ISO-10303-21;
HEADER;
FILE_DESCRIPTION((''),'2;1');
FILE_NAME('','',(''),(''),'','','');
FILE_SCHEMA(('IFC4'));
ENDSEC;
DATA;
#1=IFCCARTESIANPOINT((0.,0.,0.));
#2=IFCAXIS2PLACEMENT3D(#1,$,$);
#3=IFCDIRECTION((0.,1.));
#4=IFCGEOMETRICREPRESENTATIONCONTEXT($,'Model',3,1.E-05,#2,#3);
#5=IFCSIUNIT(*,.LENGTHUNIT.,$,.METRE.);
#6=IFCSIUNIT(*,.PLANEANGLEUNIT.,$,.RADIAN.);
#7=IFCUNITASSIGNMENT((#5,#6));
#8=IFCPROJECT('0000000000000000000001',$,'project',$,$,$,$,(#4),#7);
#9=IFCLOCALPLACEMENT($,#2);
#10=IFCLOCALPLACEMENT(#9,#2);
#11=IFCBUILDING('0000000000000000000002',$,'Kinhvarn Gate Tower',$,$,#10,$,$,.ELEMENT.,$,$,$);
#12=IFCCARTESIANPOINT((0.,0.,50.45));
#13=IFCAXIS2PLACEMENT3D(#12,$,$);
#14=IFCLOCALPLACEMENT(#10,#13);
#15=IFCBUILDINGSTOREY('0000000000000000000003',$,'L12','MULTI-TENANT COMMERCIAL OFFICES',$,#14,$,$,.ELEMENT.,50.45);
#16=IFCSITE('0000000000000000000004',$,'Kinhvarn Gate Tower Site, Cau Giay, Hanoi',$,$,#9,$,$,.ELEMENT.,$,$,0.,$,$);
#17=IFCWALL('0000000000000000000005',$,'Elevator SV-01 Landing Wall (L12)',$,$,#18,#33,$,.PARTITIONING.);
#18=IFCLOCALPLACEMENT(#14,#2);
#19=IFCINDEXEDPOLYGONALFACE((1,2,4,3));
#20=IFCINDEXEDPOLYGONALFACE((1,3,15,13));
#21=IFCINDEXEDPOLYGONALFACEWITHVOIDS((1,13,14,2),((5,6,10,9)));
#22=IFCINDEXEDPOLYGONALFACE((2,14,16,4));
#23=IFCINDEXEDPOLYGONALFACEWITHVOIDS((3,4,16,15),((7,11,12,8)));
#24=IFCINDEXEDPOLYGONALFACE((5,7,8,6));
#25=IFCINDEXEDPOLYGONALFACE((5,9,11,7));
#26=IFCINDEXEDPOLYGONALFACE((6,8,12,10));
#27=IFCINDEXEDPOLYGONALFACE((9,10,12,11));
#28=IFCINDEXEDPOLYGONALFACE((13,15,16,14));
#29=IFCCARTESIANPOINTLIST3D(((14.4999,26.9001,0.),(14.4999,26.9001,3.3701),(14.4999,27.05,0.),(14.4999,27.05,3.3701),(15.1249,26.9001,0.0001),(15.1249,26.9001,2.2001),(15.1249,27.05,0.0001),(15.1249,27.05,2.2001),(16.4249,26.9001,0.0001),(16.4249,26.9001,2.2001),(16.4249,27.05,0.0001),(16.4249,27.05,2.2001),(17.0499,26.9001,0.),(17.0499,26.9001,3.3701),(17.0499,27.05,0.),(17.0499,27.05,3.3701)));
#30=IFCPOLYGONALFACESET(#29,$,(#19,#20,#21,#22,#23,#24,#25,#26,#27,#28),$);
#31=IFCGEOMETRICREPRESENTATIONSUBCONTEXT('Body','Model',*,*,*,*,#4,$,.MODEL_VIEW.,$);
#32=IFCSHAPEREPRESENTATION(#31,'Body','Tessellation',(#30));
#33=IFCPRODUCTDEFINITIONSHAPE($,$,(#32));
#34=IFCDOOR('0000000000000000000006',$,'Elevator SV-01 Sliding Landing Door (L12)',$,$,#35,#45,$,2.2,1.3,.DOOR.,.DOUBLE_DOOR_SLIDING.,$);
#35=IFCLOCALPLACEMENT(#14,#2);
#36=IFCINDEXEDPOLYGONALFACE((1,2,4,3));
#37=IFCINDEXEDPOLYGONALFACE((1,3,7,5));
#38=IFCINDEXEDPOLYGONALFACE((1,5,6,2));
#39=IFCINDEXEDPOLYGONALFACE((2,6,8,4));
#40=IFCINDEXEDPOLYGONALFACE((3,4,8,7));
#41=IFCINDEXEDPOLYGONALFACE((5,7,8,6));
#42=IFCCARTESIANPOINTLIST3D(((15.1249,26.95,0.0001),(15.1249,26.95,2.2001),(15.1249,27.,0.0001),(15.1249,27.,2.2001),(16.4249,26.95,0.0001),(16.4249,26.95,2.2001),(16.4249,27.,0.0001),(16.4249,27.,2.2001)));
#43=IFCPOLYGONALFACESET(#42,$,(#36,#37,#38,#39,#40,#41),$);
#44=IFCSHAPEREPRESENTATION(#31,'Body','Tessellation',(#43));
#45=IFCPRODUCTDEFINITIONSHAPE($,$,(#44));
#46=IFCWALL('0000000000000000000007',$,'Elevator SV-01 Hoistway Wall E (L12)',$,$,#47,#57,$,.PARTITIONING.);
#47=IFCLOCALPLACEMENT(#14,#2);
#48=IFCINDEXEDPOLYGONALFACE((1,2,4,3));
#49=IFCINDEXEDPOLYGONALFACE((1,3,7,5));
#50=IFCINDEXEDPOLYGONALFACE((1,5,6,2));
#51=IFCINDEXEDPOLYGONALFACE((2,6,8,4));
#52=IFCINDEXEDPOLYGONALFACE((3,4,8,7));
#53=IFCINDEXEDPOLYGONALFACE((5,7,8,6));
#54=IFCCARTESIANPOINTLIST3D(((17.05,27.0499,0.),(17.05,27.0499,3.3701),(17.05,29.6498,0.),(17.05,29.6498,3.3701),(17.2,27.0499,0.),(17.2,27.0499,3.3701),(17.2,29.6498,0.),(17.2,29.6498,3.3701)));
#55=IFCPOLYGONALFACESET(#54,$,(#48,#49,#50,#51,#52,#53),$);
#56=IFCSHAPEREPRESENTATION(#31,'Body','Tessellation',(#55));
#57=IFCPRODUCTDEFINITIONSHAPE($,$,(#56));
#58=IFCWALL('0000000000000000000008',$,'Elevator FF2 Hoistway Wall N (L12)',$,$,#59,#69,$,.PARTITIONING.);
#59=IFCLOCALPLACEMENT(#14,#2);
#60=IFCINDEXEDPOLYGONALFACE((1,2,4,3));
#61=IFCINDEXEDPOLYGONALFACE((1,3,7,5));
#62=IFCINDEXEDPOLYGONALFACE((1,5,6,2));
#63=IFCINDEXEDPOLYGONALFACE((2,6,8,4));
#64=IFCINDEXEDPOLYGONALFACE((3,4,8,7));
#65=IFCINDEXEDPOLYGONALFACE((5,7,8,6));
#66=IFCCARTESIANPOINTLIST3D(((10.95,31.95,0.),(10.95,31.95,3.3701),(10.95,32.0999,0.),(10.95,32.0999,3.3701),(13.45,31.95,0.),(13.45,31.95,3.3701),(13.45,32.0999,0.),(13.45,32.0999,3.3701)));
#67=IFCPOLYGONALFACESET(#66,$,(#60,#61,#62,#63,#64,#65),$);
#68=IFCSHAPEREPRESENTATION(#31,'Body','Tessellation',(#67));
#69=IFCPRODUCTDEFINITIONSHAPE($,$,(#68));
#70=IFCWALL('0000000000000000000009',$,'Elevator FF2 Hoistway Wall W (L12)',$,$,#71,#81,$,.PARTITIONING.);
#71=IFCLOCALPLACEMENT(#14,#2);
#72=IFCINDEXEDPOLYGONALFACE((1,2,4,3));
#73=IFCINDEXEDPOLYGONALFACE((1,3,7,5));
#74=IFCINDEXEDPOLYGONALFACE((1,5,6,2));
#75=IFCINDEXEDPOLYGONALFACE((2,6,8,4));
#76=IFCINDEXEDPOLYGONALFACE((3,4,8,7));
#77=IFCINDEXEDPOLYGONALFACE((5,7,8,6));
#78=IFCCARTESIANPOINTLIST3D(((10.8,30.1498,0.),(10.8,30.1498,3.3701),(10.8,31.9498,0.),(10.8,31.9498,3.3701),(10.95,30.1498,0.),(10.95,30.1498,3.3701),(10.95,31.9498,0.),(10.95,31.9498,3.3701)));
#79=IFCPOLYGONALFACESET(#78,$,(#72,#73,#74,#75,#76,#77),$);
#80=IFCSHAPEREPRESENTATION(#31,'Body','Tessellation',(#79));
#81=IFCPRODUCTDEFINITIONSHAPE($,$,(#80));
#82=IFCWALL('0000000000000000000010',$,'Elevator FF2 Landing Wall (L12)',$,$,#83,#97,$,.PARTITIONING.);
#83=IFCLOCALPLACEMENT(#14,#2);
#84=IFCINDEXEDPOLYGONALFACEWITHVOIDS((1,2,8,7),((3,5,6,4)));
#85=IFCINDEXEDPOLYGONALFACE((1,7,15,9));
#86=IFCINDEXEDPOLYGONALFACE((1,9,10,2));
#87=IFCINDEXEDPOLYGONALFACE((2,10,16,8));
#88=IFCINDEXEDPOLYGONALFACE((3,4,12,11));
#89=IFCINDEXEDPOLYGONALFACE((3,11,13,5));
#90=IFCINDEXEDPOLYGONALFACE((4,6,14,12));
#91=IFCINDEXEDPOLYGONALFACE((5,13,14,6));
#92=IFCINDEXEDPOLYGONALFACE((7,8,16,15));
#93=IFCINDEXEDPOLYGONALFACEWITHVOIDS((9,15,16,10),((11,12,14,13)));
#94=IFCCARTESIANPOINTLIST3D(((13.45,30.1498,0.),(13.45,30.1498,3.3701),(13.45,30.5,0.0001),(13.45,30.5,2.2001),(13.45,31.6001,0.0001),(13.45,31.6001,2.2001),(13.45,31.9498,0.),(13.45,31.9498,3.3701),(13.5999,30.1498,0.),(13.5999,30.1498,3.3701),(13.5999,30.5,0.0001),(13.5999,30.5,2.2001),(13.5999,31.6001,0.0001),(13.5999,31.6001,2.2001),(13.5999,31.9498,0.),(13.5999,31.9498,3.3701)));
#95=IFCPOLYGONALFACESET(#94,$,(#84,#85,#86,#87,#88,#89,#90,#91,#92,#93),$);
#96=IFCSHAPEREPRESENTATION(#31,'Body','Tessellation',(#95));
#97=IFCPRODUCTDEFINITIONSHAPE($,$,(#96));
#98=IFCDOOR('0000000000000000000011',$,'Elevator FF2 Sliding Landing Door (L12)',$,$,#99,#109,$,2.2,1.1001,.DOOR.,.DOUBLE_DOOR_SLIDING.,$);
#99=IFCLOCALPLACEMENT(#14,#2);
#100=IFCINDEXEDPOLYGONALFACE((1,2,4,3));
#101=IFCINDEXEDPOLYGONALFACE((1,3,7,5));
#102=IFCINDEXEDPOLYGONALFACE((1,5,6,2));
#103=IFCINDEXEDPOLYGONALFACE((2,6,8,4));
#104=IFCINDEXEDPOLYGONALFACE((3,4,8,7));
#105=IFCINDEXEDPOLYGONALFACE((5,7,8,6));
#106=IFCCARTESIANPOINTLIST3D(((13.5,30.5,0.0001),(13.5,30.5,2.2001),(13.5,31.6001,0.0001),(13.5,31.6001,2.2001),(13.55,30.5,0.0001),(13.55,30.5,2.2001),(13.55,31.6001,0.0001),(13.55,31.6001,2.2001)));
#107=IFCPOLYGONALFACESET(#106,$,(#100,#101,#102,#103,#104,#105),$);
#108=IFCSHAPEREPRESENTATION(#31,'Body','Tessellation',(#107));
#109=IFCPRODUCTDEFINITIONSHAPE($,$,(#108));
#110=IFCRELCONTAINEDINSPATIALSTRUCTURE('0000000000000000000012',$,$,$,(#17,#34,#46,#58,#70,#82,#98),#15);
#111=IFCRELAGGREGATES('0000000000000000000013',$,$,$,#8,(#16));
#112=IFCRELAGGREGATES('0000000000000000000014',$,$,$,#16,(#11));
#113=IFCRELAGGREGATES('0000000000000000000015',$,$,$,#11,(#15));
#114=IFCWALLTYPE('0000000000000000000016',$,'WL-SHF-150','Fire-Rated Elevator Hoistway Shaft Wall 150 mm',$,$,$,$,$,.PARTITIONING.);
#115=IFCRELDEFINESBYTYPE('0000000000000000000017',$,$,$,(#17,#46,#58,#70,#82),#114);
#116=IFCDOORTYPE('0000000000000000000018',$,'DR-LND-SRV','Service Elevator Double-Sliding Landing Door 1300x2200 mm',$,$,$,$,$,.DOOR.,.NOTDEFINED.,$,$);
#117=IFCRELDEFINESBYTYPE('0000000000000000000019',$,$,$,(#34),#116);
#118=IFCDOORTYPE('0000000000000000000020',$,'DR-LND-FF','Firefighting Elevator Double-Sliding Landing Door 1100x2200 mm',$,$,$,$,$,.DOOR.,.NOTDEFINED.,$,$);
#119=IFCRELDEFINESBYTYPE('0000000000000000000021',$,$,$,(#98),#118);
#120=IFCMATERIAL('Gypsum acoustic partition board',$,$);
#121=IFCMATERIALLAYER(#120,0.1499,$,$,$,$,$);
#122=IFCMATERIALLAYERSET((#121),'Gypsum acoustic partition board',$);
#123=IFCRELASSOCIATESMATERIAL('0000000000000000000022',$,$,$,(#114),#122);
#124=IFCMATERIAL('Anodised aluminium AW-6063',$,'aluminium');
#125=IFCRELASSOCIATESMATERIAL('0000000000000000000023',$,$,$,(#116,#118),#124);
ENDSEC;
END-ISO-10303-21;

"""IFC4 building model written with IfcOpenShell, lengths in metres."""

from ifc_helpers import new_model, si_unit, direction, frame, frame_2d, origin, place, context, subcontext, project, spatial, rectangle, extrude, material, layer, layer_set, type_object, element, fill, save


model = new_model("IFC4")

# Units and contexts
model_context = context("Model", 3, precision=1e-05, world=origin(), true_north=direction((0.0, 1.0)))
body_context = subcontext(model_context, "Body", "Model", "MODEL_VIEW")
ifc_project = project(units=[si_unit("LENGTHUNIT", "METRE"), si_unit("PLANEANGLEUNIT", "RADIAN")], contexts=[model_context])

# Site, building, storey
site_placement = place(None, origin())
site = spatial("IfcSite", under=ifc_project, at=site_placement, Name="Kinhvarn Gate Tower Site, Cau Giay, Hanoi", CompositionType="ELEMENT", RefElevation=0.0)
building_placement = place(site_placement, origin())
building = spatial("IfcBuilding", under=site, at=building_placement, Name="Kinhvarn Gate Tower", CompositionType="ELEMENT")
storey_placement = place(building_placement, frame((0.0, 0.0, 50.45)))
storey = spatial("IfcBuildingStorey", under=building, at=storey_placement, Name="L12", Description="MULTI-TENANT COMMERCIAL OFFICES", CompositionType="ELEMENT", Elevation=50.45)

# Shared definitions
ifc_material_1 = material(Name="Anodised aluminium AW-6063", Category="aluminium")

# Shared definitions
ifc_material_2 = material(Name="Gypsum acoustic partition board")

# Shared definitions
ifc_layer_1 = layer(ifc_material_2, 0.1499)
ifc_layer_set_1 = layer_set([ifc_layer_1], Name="Gypsum acoustic partition board")
wall_type_1 = type_object("IfcWallType", Name="WL-SHF-150", Description="Fire-Rated Elevator Hoistway Shaft Wall 150 mm", PredefinedType="PARTITIONING", material=ifc_layer_set_1)

# Wall, opening, door
wall_1_placement = place(storey_placement, frame((14.5, 26.9751, 0.0), z_axis=(0.0, 0.0, 1.0), x_axis=(1.0, 0.0, 0.0)))
wall_1 = element("IfcWall", 1, at=wall_1_placement, inside=storey, type_object=wall_type_1, Name="Elevator SV-01 Landing Wall (L12)", PredefinedType="PARTITIONING", context=body_context, shape_type="SweptSolid", body=[
    extrude(rectangle(XDim=2.55, YDim=0.1499, at=frame_2d((1.2749, 0.0))), origin(), (0.0, 0.0, 1.0), 3.3701),
])
opening_1_placement = place(wall_1_placement, frame((0.625, 0.0, 0.0)))
opening_1 = element("IfcOpeningElement", 2, at=opening_1_placement, cuts=wall_1, PredefinedType="OPENING", context=body_context, shape_type="SweptSolid", body=[
    extrude(rectangle(XDim=1.3, YDim=2.2, at=frame_2d((0.6499, 1.1001))), frame((0.0, 0.085, 0.0), z_axis=(0.0, -1.0, 0.0), x_axis=(1.0, 0.0, 0.0)), (0.0, 0.0, 1.0), 0.1699),
])
door_type_1 = type_object("IfcDoorType", Name="DR-LND-SRV", Description="Service Elevator Double-Sliding Landing Door 1300x2200 mm", OperationType="NOTDEFINED", PredefinedType="DOOR", material=ifc_material_1)
door_1_placement = place(opening_1_placement, origin())
door_1 = element("IfcDoor", 3, at=door_1_placement, inside=storey, type_object=door_type_1, Name="Elevator SV-01 Sliding Landing Door (L12)", OperationType="DOUBLE_DOOR_SLIDING", OverallHeight=2.2, OverallWidth=1.3, PredefinedType="DOOR", context=body_context, shape_type="SweptSolid", body=[
    extrude(rectangle(XDim=1.3, YDim=2.2, at=frame_2d((0.6499, 1.1001))), frame((0.0, 0.0249, 0.0), z_axis=(0.0, -1.0, 0.0), x_axis=(1.0, 0.0, 0.0)), (0.0, 0.0, 1.0), 0.05),
])
fill(opening_1, door_1)

# Walls
wall_2_placement = place(storey_placement, frame((17.125, 27.05, 0.0), z_axis=(0.0, 0.0, 1.0), x_axis=(0.0, 1.0, 0.0)))
element("IfcWall", 4, at=wall_2_placement, inside=storey, type_object=wall_type_1, Name="Elevator SV-01 Hoistway Wall E (L12)", PredefinedType="PARTITIONING", context=body_context, shape_type="SweptSolid", body=[
    extrude(rectangle(XDim=2.5999, YDim=0.1499, at=frame_2d((1.2998, 0.0))), origin(), (0.0, 0.0, 1.0), 3.3701),
])
wall_3_placement = place(storey_placement, frame((10.95, 32.0249, 0.0), z_axis=(0.0, 0.0, 1.0), x_axis=(1.0, 0.0, 0.0)))
element("IfcWall", 5, at=wall_3_placement, inside=storey, type_object=wall_type_1, Name="Elevator FF2 Hoistway Wall N (L12)", PredefinedType="PARTITIONING", context=body_context, shape_type="SweptSolid", body=[
    extrude(rectangle(XDim=2.5, YDim=0.1499, at=frame_2d((1.25, 0.0))), origin(), (0.0, 0.0, 1.0), 3.3701),
])
wall_4_placement = place(storey_placement, frame((10.875, 30.1499, 0.0), z_axis=(0.0, 0.0, 1.0), x_axis=(0.0, 1.0, 0.0)))
element("IfcWall", 6, at=wall_4_placement, inside=storey, type_object=wall_type_1, Name="Elevator FF2 Hoistway Wall W (L12)", PredefinedType="PARTITIONING", context=body_context, shape_type="SweptSolid", body=[
    extrude(rectangle(XDim=1.8, YDim=0.1499, at=frame_2d((0.8999, 0.0))), origin(), (0.0, 0.0, 1.0), 3.3701),
])

# Wall, opening, door
wall_5_placement = place(storey_placement, frame((13.5249, 30.1499, 0.0), z_axis=(0.0, 0.0, 1.0), x_axis=(0.0, 1.0, 0.0)))
wall_5 = element("IfcWall", 7, at=wall_5_placement, inside=storey, type_object=wall_type_1, Name="Elevator FF2 Landing Wall (L12)", PredefinedType="PARTITIONING", context=body_context, shape_type="SweptSolid", body=[
    extrude(rectangle(XDim=1.8, YDim=0.1499, at=frame_2d((0.8999, 0.0))), origin(), (0.0, 0.0, 1.0), 3.3701),
])
opening_2_placement = place(wall_5_placement, frame((0.3501, 0.0, 0.0)))
opening_2 = element("IfcOpeningElement", 8, at=opening_2_placement, cuts=wall_5, PredefinedType="OPENING", context=body_context, shape_type="SweptSolid", body=[
    extrude(rectangle(XDim=1.1001, YDim=2.2, at=frame_2d((0.55, 1.1001))), frame((0.0, 0.085, 0.0), z_axis=(0.0, -1.0, 0.0), x_axis=(1.0, 0.0, 0.0)), (0.0, 0.0, 1.0), 0.1699),
])
door_type_2 = type_object("IfcDoorType", Name="DR-LND-FF", Description="Firefighting Elevator Double-Sliding Landing Door 1100x2200 mm", OperationType="NOTDEFINED", PredefinedType="DOOR", material=ifc_material_1)
door_2_placement = place(opening_2_placement, origin())
door_2 = element("IfcDoor", 9, at=door_2_placement, inside=storey, type_object=door_type_2, Name="Elevator FF2 Sliding Landing Door (L12)", OperationType="DOUBLE_DOOR_SLIDING", OverallHeight=2.2, OverallWidth=1.1001, PredefinedType="DOOR", context=body_context, shape_type="SweptSolid", body=[
    extrude(rectangle(XDim=1.1001, YDim=2.2, at=frame_2d((0.55, 1.1001))), frame((0.0, 0.0249, 0.0), z_axis=(0.0, -1.0, 0.0), x_axis=(1.0, 0.0, 0.0)), (0.0, 0.0, 1.0), 0.05),
])
fill(opening_2, door_2)

save(model, "model.ifc")
